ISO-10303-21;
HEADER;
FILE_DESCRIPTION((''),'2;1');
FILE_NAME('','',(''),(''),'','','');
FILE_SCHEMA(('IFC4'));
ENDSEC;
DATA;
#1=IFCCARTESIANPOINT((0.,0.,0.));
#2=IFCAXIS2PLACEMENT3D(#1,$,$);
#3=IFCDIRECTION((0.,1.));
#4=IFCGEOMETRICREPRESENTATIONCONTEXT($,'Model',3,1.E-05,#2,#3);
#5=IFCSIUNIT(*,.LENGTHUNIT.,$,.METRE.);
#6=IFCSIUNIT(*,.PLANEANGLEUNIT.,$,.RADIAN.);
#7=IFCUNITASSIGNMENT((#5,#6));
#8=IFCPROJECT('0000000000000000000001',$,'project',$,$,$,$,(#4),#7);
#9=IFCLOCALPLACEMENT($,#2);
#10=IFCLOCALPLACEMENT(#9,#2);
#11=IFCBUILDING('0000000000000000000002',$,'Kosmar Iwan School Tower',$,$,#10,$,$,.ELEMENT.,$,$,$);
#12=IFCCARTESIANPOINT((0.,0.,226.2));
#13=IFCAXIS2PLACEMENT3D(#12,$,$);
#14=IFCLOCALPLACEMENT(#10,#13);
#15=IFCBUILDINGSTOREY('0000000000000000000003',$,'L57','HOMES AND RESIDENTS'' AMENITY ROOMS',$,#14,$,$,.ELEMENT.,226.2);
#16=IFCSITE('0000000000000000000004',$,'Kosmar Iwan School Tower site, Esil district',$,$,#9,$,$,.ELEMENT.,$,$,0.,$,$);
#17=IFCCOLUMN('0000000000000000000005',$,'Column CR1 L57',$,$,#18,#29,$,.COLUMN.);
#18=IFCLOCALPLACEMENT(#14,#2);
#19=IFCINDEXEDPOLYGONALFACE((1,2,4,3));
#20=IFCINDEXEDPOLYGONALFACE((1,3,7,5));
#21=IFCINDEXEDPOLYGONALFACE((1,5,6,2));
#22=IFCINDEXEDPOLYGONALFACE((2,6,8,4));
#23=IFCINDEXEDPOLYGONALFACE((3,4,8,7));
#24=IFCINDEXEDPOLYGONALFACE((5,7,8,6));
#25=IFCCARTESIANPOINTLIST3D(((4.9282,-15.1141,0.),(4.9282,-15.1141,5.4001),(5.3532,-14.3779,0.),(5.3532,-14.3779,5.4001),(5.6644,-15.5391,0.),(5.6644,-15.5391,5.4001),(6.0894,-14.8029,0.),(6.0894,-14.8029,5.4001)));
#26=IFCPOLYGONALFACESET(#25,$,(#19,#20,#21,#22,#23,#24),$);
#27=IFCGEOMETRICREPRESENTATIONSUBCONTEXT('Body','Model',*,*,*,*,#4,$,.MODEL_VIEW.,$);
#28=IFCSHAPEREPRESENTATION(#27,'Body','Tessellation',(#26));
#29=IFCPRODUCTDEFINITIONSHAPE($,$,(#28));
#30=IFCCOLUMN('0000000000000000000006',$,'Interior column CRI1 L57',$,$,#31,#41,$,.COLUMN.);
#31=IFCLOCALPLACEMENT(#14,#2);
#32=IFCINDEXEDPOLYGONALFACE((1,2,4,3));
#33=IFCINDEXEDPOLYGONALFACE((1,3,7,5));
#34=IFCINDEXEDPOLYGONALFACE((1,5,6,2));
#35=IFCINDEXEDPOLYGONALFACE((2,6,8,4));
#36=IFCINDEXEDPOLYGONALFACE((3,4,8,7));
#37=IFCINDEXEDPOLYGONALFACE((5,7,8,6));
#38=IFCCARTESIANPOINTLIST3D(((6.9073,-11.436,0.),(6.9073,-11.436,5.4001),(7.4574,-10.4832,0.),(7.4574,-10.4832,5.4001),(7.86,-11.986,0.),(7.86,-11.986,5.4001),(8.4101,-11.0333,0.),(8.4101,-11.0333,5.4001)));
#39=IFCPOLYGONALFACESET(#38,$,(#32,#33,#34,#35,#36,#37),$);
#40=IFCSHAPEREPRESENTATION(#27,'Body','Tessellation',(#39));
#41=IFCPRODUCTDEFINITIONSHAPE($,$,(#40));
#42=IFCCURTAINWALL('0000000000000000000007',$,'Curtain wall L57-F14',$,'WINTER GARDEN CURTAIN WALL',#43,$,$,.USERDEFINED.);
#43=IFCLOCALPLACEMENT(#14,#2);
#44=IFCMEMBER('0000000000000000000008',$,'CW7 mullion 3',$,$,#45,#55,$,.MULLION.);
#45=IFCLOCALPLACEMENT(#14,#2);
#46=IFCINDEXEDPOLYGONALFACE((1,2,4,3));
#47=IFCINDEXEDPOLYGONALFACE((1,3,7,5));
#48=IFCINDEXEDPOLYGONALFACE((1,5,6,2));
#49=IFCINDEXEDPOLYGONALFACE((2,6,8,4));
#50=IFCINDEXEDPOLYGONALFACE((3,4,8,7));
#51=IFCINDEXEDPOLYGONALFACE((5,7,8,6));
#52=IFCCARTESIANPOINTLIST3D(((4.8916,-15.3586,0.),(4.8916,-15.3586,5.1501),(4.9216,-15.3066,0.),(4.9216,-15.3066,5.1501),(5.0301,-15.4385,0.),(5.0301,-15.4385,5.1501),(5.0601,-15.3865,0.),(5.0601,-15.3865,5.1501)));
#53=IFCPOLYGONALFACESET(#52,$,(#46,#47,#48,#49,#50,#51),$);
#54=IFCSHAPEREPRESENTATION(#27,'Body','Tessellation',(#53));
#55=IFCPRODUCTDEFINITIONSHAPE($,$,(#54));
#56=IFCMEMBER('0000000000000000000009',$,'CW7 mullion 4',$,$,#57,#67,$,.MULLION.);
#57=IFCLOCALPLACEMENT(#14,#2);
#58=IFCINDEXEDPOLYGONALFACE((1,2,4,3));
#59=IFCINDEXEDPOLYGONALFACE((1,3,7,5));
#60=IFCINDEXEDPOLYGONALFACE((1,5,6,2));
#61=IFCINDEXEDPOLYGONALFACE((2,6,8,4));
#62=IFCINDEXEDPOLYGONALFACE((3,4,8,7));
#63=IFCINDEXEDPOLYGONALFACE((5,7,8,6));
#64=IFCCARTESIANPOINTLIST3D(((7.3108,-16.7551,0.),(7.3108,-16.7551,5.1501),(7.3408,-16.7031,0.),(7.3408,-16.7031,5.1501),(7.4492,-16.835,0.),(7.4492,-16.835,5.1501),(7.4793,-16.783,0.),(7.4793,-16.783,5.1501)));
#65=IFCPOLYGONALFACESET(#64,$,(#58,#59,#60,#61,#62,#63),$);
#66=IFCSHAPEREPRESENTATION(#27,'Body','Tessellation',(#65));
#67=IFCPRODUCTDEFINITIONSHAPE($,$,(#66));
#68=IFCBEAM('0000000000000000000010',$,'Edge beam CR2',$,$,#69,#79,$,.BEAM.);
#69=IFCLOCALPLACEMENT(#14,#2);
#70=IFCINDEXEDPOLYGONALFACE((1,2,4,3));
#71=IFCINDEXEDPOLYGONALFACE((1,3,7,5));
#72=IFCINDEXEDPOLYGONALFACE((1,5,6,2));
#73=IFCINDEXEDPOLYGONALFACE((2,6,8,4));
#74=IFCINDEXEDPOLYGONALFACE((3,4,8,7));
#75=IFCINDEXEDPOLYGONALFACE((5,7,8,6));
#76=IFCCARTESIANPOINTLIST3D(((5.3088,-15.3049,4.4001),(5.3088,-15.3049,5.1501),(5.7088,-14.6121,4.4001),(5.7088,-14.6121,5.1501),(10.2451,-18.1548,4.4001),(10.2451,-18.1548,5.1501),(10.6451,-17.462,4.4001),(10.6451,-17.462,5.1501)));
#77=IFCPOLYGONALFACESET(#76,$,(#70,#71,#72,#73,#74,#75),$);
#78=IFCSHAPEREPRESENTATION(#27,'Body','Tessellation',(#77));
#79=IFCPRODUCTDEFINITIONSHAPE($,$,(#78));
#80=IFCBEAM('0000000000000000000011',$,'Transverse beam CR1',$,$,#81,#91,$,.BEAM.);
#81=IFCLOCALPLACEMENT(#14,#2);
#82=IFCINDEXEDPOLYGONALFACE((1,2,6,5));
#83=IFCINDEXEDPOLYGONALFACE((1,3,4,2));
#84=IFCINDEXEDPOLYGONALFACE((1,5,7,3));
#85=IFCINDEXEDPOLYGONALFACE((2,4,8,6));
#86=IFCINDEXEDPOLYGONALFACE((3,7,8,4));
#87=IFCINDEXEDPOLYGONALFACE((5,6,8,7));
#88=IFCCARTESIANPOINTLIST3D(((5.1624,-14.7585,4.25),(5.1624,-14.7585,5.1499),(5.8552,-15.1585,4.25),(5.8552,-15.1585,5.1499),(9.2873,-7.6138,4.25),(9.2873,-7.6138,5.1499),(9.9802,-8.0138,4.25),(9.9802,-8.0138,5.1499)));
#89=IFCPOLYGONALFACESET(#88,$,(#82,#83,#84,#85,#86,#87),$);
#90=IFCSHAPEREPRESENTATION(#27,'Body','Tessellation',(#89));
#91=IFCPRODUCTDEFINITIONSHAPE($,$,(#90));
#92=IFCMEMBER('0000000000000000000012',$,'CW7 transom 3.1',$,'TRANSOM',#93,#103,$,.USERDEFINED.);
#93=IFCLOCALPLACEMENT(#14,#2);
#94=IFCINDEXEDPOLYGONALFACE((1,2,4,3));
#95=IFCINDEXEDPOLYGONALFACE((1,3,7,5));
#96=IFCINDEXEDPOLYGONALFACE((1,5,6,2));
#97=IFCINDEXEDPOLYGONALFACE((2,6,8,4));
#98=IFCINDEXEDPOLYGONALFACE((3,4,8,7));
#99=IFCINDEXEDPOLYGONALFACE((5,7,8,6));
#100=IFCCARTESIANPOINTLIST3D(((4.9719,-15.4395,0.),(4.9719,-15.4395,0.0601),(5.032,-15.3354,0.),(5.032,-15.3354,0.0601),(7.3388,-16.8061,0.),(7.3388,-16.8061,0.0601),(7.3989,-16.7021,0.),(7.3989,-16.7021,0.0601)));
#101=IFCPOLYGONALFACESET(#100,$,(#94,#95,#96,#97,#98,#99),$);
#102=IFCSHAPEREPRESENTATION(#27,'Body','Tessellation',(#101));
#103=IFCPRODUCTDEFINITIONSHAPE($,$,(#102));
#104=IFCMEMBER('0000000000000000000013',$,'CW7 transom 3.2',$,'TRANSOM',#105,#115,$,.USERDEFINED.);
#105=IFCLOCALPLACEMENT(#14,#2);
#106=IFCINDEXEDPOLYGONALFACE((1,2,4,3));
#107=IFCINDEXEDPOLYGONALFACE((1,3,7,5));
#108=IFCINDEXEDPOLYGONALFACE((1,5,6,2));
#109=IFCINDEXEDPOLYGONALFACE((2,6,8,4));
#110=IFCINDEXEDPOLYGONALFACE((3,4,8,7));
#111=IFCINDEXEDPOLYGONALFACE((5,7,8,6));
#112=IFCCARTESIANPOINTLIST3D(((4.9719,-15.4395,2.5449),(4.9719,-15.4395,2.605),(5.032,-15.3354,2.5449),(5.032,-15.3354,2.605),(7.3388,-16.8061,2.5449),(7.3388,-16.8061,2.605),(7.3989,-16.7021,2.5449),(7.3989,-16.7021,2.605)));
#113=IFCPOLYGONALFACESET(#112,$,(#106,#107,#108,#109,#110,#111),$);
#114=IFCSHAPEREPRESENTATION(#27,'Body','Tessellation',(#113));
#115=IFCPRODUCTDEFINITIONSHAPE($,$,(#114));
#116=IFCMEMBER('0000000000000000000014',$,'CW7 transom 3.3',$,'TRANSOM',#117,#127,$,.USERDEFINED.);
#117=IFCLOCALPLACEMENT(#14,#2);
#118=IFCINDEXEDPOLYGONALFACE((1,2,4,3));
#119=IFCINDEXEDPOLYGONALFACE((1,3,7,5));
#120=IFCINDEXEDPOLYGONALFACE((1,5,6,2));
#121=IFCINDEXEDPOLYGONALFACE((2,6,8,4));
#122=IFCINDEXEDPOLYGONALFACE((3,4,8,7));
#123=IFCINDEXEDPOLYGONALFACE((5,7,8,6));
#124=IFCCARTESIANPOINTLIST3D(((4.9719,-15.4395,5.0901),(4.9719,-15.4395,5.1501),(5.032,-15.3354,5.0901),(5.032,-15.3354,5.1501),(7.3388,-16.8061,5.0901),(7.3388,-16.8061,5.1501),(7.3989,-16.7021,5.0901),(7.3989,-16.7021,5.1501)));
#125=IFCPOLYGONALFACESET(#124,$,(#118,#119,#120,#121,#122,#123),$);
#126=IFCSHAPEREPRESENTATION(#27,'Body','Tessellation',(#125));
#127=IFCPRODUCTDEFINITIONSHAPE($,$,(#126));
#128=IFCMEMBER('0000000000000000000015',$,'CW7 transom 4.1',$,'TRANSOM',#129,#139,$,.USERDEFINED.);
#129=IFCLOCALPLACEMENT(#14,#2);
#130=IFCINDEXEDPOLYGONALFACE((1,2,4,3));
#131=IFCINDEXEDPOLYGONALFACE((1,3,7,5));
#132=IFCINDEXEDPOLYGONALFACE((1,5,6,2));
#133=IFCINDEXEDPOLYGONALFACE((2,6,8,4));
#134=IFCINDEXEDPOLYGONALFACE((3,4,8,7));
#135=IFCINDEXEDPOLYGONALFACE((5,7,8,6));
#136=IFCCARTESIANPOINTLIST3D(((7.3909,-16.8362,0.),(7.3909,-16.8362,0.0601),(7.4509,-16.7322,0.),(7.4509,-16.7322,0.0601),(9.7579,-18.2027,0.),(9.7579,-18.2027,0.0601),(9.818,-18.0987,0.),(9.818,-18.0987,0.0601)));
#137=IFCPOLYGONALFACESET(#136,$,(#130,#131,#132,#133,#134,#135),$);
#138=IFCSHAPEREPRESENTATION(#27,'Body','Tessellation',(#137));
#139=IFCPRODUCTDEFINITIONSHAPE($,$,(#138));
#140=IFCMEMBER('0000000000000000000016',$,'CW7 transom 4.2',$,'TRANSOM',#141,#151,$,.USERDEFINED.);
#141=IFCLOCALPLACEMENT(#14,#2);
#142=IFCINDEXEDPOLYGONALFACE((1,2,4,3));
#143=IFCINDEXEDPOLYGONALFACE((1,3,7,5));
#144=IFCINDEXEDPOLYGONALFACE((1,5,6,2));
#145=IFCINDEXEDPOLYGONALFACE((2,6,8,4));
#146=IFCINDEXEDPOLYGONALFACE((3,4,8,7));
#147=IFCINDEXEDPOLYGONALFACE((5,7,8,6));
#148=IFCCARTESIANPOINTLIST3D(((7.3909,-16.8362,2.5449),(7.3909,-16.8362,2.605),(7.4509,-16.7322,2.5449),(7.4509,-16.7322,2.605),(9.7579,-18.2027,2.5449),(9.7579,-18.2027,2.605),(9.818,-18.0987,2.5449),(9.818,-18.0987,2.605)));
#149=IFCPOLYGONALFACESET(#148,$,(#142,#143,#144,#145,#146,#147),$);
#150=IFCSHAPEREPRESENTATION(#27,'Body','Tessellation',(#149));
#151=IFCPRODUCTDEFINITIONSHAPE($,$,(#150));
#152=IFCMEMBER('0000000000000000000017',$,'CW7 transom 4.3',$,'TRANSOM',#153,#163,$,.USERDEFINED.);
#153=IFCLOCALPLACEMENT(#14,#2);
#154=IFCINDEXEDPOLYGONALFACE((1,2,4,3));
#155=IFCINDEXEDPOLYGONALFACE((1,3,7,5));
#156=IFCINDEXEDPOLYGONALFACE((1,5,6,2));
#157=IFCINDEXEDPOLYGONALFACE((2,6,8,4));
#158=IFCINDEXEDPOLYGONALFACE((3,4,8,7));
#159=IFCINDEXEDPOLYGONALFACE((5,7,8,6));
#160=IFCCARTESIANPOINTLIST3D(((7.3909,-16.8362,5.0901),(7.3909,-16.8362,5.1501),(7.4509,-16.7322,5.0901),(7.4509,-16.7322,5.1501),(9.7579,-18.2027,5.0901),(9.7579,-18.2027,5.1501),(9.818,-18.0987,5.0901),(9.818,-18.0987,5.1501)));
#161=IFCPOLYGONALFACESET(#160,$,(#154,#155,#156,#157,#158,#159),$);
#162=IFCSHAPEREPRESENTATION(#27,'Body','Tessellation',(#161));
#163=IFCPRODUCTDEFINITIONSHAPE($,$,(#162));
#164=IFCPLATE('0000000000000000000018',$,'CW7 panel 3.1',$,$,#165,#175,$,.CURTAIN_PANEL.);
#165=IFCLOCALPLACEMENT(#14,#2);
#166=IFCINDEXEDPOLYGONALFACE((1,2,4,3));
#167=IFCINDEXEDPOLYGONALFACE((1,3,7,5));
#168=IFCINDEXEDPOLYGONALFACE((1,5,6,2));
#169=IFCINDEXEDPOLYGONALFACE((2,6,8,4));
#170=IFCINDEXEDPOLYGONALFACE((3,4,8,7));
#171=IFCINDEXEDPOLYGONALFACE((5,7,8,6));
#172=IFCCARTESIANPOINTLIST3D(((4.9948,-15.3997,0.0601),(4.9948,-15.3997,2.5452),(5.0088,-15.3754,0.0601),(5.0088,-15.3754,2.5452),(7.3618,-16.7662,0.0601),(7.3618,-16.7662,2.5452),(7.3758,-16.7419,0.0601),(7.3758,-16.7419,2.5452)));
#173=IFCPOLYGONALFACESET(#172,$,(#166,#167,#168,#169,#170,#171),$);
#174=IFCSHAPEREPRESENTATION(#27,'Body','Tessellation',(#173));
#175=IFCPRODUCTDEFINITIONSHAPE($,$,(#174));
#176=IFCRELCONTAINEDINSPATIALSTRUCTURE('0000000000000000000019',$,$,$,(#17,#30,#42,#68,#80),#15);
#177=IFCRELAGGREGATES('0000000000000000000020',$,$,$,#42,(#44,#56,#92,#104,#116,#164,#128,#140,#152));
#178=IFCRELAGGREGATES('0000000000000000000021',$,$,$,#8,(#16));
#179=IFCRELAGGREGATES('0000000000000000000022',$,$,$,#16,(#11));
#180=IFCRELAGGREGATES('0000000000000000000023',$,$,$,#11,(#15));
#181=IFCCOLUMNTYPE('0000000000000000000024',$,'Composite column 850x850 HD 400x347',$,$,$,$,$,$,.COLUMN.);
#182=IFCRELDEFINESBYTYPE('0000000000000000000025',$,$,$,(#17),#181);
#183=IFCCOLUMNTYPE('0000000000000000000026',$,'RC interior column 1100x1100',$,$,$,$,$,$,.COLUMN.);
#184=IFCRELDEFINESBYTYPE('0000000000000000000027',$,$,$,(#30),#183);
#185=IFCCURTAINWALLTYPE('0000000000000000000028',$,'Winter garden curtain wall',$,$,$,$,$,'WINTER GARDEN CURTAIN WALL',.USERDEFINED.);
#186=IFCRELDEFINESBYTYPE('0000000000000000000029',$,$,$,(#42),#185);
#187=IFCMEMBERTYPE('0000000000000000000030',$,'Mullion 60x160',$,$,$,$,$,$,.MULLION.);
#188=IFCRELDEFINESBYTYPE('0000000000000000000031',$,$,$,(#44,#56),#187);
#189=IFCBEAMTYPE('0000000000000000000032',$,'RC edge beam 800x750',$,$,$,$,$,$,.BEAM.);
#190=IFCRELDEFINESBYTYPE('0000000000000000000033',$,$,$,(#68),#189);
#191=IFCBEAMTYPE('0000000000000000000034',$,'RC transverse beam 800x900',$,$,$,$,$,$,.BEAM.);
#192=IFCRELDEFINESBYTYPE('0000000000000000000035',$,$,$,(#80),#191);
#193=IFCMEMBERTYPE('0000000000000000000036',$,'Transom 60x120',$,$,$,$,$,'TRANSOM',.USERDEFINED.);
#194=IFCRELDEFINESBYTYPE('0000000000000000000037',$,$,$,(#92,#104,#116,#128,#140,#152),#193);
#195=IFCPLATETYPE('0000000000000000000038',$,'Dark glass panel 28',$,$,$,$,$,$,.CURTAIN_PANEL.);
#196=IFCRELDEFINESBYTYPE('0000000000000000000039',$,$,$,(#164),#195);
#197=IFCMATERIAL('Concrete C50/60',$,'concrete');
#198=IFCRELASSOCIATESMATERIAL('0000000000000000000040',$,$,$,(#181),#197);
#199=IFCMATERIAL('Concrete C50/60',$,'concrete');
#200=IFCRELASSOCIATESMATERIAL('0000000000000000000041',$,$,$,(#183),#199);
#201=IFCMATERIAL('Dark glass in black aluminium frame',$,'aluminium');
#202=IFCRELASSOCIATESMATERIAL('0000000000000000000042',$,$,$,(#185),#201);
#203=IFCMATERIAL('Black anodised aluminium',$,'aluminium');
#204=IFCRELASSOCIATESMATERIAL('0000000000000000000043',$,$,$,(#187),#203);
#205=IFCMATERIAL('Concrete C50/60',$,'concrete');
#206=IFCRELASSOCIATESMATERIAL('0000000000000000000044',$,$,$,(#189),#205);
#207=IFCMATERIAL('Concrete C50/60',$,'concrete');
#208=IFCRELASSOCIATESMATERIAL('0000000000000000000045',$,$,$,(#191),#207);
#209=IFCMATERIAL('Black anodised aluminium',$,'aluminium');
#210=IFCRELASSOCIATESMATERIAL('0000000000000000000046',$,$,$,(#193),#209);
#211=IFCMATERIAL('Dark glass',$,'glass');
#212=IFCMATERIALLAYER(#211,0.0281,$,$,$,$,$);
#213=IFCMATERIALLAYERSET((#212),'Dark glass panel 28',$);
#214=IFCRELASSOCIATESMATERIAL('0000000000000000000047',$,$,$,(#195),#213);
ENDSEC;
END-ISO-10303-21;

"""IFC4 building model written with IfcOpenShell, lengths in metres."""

from ifc_helpers import new_model, si_unit, direction, frame, origin, origin_2d, place, context, subcontext, project, spatial, rectangle, extrude, material, layer, layer_set, material_profile, profile_set, type_object, element, aggregate, save


model = new_model("IFC4")

# Units and contexts
model_context = context("Model", 3, precision=1e-05, world=origin(), true_north=direction((0.0, 1.0)))
body_context = subcontext(model_context, "Body", "Model", "MODEL_VIEW")
ifc_project = project(units=[si_unit("LENGTHUNIT", "METRE"), si_unit("PLANEANGLEUNIT", "RADIAN")], contexts=[model_context])

# Site, building, storey
site_placement = place(None, origin())
site = spatial("IfcSite", under=ifc_project, at=site_placement, Name="Kosmar Iwan School Tower site, Esil district", CompositionType="ELEMENT", RefElevation=0.0)
building_placement = place(site_placement, origin())
building = spatial("IfcBuilding", under=site, at=building_placement, Name="Kosmar Iwan School Tower", CompositionType="ELEMENT")
storey_placement = place(building_placement, frame((0.0, 0.0, 226.2)))
storey = spatial("IfcBuildingStorey", under=building, at=storey_placement, Name="L57", Description="HOMES AND RESIDENTS' AMENITY ROOMS", CompositionType="ELEMENT", Elevation=226.2)

# Columns
ifc_material_1 = material(Name="Concrete C50/60", Category="concrete")
ifc_material_profile_1 = material_profile(ifc_material_1, rectangle(XDim=0.8501, YDim=0.8501, at=origin_2d()), Name="RC 850x850 + HD 400x347")
ifc_profile_set_1 = profile_set([ifc_material_profile_1], Name="Concrete C50/60")
column_type_1 = type_object("IfcColumnType", Name="Composite column 850x850 HD 400x347", PredefinedType="COLUMN", material=ifc_profile_set_1)
column_1_placement = place(storey_placement, frame((5.5088, -14.9585, 0.0), z_axis=(0.0, 0.0, 1.0), x_axis=(0.866025, -0.5, 0.0)))
element("IfcColumn", 1, at=column_1_placement, inside=storey, type_object=column_type_1, Name="Column CR1 L57", PredefinedType="COLUMN", context=body_context, shape_type="SweptSolid", body=[
    extrude(rectangle(XDim=0.8501, YDim=0.8501, at=origin_2d()), origin(), (0.0, 0.0, 1.0), 5.4001),
])
ifc_material_2 = material(Name="Concrete C50/60", Category="concrete")
ifc_material_profile_2 = material_profile(ifc_material_2, rectangle(XDim=1.1001, YDim=1.1001, at=origin_2d()), Name="RC 1100x1100")
ifc_profile_set_2 = profile_set([ifc_material_profile_2], Name="Concrete C50/60")
column_type_2 = type_object("IfcColumnType", Name="RC interior column 1100x1100", PredefinedType="COLUMN", material=ifc_profile_set_2)
column_2_placement = place(storey_placement, frame((7.6587, -11.2346, 0.0), z_axis=(0.0, 0.0, 1.0), x_axis=(0.866025, -0.5, 0.0)))
element("IfcColumn", 2, at=column_2_placement, inside=storey, type_object=column_type_2, Name="Interior column CRI1 L57", PredefinedType="COLUMN", context=body_context, shape_type="SweptSolid", body=[
    extrude(rectangle(XDim=1.1001, YDim=1.1001, at=origin_2d()), origin(), (0.0, 0.0, 1.0), 5.4001),
])

# Curtain wall, members
ifc_material_3 = material(Name="Dark glass in black aluminium frame", Category="aluminium")
curtain_wall_type = type_object("IfcCurtainWallType", Name="Winter garden curtain wall", ElementType="WINTER GARDEN CURTAIN WALL", PredefinedType="USERDEFINED", material=ifc_material_3)
curtain_wall_placement = place(storey_placement, origin())
curtain_wall = element("IfcCurtainWall", 3, at=curtain_wall_placement, inside=storey, type_object=curtain_wall_type, Name="Curtain wall L57-F14", ObjectType="WINTER GARDEN CURTAIN WALL", PredefinedType="USERDEFINED")
ifc_material_4 = material(Name="Black anodised aluminium", Category="aluminium")
ifc_material_profile_3 = material_profile(ifc_material_4, rectangle(XDim=0.0601, YDim=0.1599, at=origin_2d()), Name="MULLION 60x160")
ifc_profile_set_3 = profile_set([ifc_material_profile_3], Name="Black anodised aluminium")
member_type_1 = type_object("IfcMemberType", Name="Mullion 60x160", PredefinedType="MULLION", material=ifc_profile_set_3)
member_1_placement = place(storey_placement, frame((4.9758, -15.3726, 0.0), z_axis=(0.0, 0.0, 1.0), x_axis=(0.5, 0.866025, 0.0)))
member_1 = element("IfcMember", 4, at=member_1_placement, type_object=member_type_1, Name="CW7 mullion 3", PredefinedType="MULLION", context=body_context, shape_type="SweptSolid", body=[
    extrude(rectangle(XDim=0.0601, YDim=0.1599, at=origin_2d()), origin(), (0.0, 0.0, 1.0), 5.1501),
])
member_2_placement = place(storey_placement, frame((7.395, -16.769, 0.0), z_axis=(0.0, 0.0, 1.0), x_axis=(0.5, 0.866025, 0.0)))
member_2 = element("IfcMember", 5, at=member_2_placement, type_object=member_type_1, Name="CW7 mullion 4", PredefinedType="MULLION", context=body_context, shape_type="SweptSolid", body=[
    extrude(rectangle(XDim=0.0601, YDim=0.1599, at=origin_2d()), origin(), (0.0, 0.0, 1.0), 5.1501),
])

# Beams
ifc_material_5 = material(Name="Concrete C50/60", Category="concrete")
ifc_material_profile_4 = material_profile(ifc_material_5, rectangle(XDim=0.8, YDim=0.75, at=origin_2d()), Name="RC 800x750")
ifc_profile_set_4 = profile_set([ifc_material_profile_4], Name="Concrete C50/60")
beam_type_1 = type_object("IfcBeamType", Name="RC edge beam 800x750", PredefinedType="BEAM", material=ifc_profile_set_4)
beam_1_placement = place(storey_placement, frame((5.5088, -14.9585, 4.7751), z_axis=(0.866034, -0.499986, 0.0), x_axis=(0.499986, 0.866034, 0.0)))
element("IfcBeam", 6, at=beam_1_placement, inside=storey, type_object=beam_type_1, Name="Edge beam CR2", PredefinedType="BEAM", context=body_context, shape_type="SweptSolid", body=[
    extrude(rectangle(XDim=0.8, YDim=0.75, at=origin_2d()), origin(), (0.0, 0.0, 1.0), 5.7),
])
ifc_material_6 = material(Name="Concrete C50/60", Category="concrete")
ifc_material_profile_5 = material_profile(ifc_material_6, rectangle(XDim=0.8, YDim=0.8999, at=origin_2d()), Name="RC 800x900")
ifc_profile_set_5 = profile_set([ifc_material_profile_5], Name="Concrete C50/60")
beam_type_2 = type_object("IfcBeamType", Name="RC transverse beam 800x900", PredefinedType="BEAM", material=ifc_profile_set_5)
beam_2_placement = place(storey_placement, frame((5.5088, -14.9585, 4.7), z_axis=(0.499997, 0.866027, 0.0), x_axis=(-0.866027, 0.499997, 0.0)))
element("IfcBeam", 7, at=beam_2_placement, inside=storey, type_object=beam_type_2, Name="Transverse beam CR1", PredefinedType="BEAM", context=body_context, shape_type="SweptSolid", body=[
    extrude(rectangle(XDim=0.8, YDim=0.8999, at=origin_2d()), origin(), (0.0, 0.0, 1.0), 8.25),
])

# Members
ifc_material_7 = material(Name="Black anodised aluminium", Category="aluminium")
ifc_material_profile_6 = material_profile(ifc_material_7, rectangle(XDim=0.1201, YDim=0.0601, at=origin_2d()), Name="TRANSOM 60x120")
ifc_profile_set_6 = profile_set([ifc_material_profile_6], Name="Black anodised aluminium")
member_type_2 = type_object("IfcMemberType", Name="Transom 60x120", ElementType="TRANSOM", PredefinedType="USERDEFINED", material=ifc_profile_set_6)
member_3_placement = place(storey_placement, frame((5.002, -15.3875, 0.03), z_axis=(0.866003, -0.500039, 0.0), x_axis=(0.500039, 0.866003, 0.0)))
member_3 = element("IfcMember", 8, at=member_3_placement, type_object=member_type_2, Name="CW7 transom 3.1", ObjectType="TRANSOM", PredefinedType="USERDEFINED", context=body_context, shape_type="SweptSolid", body=[
    extrude(rectangle(XDim=0.1201, YDim=0.0601, at=origin_2d()), origin(), (0.0, 0.0, 1.0), 2.7332),
])
member_4_placement = place(storey_placement, frame((5.002, -15.3875, 2.575), z_axis=(0.866003, -0.500039, 0.0), x_axis=(0.500039, 0.866003, 0.0)))
member_4 = element("IfcMember", 9, at=member_4_placement, type_object=member_type_2, Name="CW7 transom 3.2", ObjectType="TRANSOM", PredefinedType="USERDEFINED", context=body_context, shape_type="SweptSolid", body=[
    extrude(rectangle(XDim=0.1201, YDim=0.0601, at=origin_2d()), origin(), (0.0, 0.0, 1.0), 2.7332),
])
member_5_placement = place(storey_placement, frame((5.002, -15.3875, 5.1201), z_axis=(0.866003, -0.500039, 0.0), x_axis=(0.500039, 0.866003, 0.0)))
member_5 = element("IfcMember", 10, at=member_5_placement, type_object=member_type_2, Name="CW7 transom 3.3", ObjectType="TRANSOM", PredefinedType="USERDEFINED", context=body_context, shape_type="SweptSolid", body=[
    extrude(rectangle(XDim=0.1201, YDim=0.0601, at=origin_2d()), origin(), (0.0, 0.0, 1.0), 2.7332),
])
member_6_placement = place(storey_placement, frame((7.4209, -16.7842, 0.03), z_axis=(0.866041, -0.499972, 0.0), x_axis=(0.499972, 0.866041, 0.0)))
member_6 = element("IfcMember", 11, at=member_6_placement, type_object=member_type_2, Name="CW7 transom 4.1", ObjectType="TRANSOM", PredefinedType="USERDEFINED", context=body_context, shape_type="SweptSolid", body=[
    extrude(rectangle(XDim=0.1201, YDim=0.0601, at=origin_2d()), origin(), (0.0, 0.0, 1.0), 2.7332),
])
member_7_placement = place(storey_placement, frame((7.4209, -16.7842, 2.575), z_axis=(0.866041, -0.499972, 0.0), x_axis=(0.499972, 0.866041, 0.0)))
member_7 = element("IfcMember", 12, at=member_7_placement, type_object=member_type_2, Name="CW7 transom 4.2", ObjectType="TRANSOM", PredefinedType="USERDEFINED", context=body_context, shape_type="SweptSolid", body=[
    extrude(rectangle(XDim=0.1201, YDim=0.0601, at=origin_2d()), origin(), (0.0, 0.0, 1.0), 2.7332),
])
member_8_placement = place(storey_placement, frame((7.4209, -16.7842, 5.1201), z_axis=(0.866041, -0.499972, 0.0), x_axis=(0.499972, 0.866041, 0.0)))
member_8 = element("IfcMember", 13, at=member_8_placement, type_object=member_type_2, Name="CW7 transom 4.3", ObjectType="TRANSOM", PredefinedType="USERDEFINED", context=body_context, shape_type="SweptSolid", body=[
    extrude(rectangle(XDim=0.1201, YDim=0.0601, at=origin_2d()), origin(), (0.0, 0.0, 1.0), 2.7332),
])

# Plate
ifc_material_8 = material(Name="Dark glass", Category="glass")
ifc_layer_1 = layer(ifc_material_8, 0.0281)
ifc_layer_set_1 = layer_set([ifc_layer_1], Name="Dark glass panel 28")
plate_type = type_object("IfcPlateType", Name="Dark glass panel 28", PredefinedType="CURTAIN_PANEL", material=ifc_layer_set_1)
plate_1_placement = place(storey_placement, frame((6.1853, -16.0708, 0.0601), z_axis=(0.0, 0.0, 1.0), x_axis=(0.866025, -0.5, 0.0)))
plate_1 = element("IfcPlate", 14, at=plate_1_placement, type_object=plate_type, Name="CW7 panel 3.1", PredefinedType="CURTAIN_PANEL", context=body_context, shape_type="SweptSolid", body=[
    extrude(rectangle(XDim=2.7332, YDim=0.0281, at=origin_2d()), origin(), (0.0, 0.0, 1.0), 2.4851),
])
aggregate(curtain_wall, [member_1, member_2, member_3, member_4, member_5, plate_1, member_6, member_7, member_8])

save(model, "model.ifc")
